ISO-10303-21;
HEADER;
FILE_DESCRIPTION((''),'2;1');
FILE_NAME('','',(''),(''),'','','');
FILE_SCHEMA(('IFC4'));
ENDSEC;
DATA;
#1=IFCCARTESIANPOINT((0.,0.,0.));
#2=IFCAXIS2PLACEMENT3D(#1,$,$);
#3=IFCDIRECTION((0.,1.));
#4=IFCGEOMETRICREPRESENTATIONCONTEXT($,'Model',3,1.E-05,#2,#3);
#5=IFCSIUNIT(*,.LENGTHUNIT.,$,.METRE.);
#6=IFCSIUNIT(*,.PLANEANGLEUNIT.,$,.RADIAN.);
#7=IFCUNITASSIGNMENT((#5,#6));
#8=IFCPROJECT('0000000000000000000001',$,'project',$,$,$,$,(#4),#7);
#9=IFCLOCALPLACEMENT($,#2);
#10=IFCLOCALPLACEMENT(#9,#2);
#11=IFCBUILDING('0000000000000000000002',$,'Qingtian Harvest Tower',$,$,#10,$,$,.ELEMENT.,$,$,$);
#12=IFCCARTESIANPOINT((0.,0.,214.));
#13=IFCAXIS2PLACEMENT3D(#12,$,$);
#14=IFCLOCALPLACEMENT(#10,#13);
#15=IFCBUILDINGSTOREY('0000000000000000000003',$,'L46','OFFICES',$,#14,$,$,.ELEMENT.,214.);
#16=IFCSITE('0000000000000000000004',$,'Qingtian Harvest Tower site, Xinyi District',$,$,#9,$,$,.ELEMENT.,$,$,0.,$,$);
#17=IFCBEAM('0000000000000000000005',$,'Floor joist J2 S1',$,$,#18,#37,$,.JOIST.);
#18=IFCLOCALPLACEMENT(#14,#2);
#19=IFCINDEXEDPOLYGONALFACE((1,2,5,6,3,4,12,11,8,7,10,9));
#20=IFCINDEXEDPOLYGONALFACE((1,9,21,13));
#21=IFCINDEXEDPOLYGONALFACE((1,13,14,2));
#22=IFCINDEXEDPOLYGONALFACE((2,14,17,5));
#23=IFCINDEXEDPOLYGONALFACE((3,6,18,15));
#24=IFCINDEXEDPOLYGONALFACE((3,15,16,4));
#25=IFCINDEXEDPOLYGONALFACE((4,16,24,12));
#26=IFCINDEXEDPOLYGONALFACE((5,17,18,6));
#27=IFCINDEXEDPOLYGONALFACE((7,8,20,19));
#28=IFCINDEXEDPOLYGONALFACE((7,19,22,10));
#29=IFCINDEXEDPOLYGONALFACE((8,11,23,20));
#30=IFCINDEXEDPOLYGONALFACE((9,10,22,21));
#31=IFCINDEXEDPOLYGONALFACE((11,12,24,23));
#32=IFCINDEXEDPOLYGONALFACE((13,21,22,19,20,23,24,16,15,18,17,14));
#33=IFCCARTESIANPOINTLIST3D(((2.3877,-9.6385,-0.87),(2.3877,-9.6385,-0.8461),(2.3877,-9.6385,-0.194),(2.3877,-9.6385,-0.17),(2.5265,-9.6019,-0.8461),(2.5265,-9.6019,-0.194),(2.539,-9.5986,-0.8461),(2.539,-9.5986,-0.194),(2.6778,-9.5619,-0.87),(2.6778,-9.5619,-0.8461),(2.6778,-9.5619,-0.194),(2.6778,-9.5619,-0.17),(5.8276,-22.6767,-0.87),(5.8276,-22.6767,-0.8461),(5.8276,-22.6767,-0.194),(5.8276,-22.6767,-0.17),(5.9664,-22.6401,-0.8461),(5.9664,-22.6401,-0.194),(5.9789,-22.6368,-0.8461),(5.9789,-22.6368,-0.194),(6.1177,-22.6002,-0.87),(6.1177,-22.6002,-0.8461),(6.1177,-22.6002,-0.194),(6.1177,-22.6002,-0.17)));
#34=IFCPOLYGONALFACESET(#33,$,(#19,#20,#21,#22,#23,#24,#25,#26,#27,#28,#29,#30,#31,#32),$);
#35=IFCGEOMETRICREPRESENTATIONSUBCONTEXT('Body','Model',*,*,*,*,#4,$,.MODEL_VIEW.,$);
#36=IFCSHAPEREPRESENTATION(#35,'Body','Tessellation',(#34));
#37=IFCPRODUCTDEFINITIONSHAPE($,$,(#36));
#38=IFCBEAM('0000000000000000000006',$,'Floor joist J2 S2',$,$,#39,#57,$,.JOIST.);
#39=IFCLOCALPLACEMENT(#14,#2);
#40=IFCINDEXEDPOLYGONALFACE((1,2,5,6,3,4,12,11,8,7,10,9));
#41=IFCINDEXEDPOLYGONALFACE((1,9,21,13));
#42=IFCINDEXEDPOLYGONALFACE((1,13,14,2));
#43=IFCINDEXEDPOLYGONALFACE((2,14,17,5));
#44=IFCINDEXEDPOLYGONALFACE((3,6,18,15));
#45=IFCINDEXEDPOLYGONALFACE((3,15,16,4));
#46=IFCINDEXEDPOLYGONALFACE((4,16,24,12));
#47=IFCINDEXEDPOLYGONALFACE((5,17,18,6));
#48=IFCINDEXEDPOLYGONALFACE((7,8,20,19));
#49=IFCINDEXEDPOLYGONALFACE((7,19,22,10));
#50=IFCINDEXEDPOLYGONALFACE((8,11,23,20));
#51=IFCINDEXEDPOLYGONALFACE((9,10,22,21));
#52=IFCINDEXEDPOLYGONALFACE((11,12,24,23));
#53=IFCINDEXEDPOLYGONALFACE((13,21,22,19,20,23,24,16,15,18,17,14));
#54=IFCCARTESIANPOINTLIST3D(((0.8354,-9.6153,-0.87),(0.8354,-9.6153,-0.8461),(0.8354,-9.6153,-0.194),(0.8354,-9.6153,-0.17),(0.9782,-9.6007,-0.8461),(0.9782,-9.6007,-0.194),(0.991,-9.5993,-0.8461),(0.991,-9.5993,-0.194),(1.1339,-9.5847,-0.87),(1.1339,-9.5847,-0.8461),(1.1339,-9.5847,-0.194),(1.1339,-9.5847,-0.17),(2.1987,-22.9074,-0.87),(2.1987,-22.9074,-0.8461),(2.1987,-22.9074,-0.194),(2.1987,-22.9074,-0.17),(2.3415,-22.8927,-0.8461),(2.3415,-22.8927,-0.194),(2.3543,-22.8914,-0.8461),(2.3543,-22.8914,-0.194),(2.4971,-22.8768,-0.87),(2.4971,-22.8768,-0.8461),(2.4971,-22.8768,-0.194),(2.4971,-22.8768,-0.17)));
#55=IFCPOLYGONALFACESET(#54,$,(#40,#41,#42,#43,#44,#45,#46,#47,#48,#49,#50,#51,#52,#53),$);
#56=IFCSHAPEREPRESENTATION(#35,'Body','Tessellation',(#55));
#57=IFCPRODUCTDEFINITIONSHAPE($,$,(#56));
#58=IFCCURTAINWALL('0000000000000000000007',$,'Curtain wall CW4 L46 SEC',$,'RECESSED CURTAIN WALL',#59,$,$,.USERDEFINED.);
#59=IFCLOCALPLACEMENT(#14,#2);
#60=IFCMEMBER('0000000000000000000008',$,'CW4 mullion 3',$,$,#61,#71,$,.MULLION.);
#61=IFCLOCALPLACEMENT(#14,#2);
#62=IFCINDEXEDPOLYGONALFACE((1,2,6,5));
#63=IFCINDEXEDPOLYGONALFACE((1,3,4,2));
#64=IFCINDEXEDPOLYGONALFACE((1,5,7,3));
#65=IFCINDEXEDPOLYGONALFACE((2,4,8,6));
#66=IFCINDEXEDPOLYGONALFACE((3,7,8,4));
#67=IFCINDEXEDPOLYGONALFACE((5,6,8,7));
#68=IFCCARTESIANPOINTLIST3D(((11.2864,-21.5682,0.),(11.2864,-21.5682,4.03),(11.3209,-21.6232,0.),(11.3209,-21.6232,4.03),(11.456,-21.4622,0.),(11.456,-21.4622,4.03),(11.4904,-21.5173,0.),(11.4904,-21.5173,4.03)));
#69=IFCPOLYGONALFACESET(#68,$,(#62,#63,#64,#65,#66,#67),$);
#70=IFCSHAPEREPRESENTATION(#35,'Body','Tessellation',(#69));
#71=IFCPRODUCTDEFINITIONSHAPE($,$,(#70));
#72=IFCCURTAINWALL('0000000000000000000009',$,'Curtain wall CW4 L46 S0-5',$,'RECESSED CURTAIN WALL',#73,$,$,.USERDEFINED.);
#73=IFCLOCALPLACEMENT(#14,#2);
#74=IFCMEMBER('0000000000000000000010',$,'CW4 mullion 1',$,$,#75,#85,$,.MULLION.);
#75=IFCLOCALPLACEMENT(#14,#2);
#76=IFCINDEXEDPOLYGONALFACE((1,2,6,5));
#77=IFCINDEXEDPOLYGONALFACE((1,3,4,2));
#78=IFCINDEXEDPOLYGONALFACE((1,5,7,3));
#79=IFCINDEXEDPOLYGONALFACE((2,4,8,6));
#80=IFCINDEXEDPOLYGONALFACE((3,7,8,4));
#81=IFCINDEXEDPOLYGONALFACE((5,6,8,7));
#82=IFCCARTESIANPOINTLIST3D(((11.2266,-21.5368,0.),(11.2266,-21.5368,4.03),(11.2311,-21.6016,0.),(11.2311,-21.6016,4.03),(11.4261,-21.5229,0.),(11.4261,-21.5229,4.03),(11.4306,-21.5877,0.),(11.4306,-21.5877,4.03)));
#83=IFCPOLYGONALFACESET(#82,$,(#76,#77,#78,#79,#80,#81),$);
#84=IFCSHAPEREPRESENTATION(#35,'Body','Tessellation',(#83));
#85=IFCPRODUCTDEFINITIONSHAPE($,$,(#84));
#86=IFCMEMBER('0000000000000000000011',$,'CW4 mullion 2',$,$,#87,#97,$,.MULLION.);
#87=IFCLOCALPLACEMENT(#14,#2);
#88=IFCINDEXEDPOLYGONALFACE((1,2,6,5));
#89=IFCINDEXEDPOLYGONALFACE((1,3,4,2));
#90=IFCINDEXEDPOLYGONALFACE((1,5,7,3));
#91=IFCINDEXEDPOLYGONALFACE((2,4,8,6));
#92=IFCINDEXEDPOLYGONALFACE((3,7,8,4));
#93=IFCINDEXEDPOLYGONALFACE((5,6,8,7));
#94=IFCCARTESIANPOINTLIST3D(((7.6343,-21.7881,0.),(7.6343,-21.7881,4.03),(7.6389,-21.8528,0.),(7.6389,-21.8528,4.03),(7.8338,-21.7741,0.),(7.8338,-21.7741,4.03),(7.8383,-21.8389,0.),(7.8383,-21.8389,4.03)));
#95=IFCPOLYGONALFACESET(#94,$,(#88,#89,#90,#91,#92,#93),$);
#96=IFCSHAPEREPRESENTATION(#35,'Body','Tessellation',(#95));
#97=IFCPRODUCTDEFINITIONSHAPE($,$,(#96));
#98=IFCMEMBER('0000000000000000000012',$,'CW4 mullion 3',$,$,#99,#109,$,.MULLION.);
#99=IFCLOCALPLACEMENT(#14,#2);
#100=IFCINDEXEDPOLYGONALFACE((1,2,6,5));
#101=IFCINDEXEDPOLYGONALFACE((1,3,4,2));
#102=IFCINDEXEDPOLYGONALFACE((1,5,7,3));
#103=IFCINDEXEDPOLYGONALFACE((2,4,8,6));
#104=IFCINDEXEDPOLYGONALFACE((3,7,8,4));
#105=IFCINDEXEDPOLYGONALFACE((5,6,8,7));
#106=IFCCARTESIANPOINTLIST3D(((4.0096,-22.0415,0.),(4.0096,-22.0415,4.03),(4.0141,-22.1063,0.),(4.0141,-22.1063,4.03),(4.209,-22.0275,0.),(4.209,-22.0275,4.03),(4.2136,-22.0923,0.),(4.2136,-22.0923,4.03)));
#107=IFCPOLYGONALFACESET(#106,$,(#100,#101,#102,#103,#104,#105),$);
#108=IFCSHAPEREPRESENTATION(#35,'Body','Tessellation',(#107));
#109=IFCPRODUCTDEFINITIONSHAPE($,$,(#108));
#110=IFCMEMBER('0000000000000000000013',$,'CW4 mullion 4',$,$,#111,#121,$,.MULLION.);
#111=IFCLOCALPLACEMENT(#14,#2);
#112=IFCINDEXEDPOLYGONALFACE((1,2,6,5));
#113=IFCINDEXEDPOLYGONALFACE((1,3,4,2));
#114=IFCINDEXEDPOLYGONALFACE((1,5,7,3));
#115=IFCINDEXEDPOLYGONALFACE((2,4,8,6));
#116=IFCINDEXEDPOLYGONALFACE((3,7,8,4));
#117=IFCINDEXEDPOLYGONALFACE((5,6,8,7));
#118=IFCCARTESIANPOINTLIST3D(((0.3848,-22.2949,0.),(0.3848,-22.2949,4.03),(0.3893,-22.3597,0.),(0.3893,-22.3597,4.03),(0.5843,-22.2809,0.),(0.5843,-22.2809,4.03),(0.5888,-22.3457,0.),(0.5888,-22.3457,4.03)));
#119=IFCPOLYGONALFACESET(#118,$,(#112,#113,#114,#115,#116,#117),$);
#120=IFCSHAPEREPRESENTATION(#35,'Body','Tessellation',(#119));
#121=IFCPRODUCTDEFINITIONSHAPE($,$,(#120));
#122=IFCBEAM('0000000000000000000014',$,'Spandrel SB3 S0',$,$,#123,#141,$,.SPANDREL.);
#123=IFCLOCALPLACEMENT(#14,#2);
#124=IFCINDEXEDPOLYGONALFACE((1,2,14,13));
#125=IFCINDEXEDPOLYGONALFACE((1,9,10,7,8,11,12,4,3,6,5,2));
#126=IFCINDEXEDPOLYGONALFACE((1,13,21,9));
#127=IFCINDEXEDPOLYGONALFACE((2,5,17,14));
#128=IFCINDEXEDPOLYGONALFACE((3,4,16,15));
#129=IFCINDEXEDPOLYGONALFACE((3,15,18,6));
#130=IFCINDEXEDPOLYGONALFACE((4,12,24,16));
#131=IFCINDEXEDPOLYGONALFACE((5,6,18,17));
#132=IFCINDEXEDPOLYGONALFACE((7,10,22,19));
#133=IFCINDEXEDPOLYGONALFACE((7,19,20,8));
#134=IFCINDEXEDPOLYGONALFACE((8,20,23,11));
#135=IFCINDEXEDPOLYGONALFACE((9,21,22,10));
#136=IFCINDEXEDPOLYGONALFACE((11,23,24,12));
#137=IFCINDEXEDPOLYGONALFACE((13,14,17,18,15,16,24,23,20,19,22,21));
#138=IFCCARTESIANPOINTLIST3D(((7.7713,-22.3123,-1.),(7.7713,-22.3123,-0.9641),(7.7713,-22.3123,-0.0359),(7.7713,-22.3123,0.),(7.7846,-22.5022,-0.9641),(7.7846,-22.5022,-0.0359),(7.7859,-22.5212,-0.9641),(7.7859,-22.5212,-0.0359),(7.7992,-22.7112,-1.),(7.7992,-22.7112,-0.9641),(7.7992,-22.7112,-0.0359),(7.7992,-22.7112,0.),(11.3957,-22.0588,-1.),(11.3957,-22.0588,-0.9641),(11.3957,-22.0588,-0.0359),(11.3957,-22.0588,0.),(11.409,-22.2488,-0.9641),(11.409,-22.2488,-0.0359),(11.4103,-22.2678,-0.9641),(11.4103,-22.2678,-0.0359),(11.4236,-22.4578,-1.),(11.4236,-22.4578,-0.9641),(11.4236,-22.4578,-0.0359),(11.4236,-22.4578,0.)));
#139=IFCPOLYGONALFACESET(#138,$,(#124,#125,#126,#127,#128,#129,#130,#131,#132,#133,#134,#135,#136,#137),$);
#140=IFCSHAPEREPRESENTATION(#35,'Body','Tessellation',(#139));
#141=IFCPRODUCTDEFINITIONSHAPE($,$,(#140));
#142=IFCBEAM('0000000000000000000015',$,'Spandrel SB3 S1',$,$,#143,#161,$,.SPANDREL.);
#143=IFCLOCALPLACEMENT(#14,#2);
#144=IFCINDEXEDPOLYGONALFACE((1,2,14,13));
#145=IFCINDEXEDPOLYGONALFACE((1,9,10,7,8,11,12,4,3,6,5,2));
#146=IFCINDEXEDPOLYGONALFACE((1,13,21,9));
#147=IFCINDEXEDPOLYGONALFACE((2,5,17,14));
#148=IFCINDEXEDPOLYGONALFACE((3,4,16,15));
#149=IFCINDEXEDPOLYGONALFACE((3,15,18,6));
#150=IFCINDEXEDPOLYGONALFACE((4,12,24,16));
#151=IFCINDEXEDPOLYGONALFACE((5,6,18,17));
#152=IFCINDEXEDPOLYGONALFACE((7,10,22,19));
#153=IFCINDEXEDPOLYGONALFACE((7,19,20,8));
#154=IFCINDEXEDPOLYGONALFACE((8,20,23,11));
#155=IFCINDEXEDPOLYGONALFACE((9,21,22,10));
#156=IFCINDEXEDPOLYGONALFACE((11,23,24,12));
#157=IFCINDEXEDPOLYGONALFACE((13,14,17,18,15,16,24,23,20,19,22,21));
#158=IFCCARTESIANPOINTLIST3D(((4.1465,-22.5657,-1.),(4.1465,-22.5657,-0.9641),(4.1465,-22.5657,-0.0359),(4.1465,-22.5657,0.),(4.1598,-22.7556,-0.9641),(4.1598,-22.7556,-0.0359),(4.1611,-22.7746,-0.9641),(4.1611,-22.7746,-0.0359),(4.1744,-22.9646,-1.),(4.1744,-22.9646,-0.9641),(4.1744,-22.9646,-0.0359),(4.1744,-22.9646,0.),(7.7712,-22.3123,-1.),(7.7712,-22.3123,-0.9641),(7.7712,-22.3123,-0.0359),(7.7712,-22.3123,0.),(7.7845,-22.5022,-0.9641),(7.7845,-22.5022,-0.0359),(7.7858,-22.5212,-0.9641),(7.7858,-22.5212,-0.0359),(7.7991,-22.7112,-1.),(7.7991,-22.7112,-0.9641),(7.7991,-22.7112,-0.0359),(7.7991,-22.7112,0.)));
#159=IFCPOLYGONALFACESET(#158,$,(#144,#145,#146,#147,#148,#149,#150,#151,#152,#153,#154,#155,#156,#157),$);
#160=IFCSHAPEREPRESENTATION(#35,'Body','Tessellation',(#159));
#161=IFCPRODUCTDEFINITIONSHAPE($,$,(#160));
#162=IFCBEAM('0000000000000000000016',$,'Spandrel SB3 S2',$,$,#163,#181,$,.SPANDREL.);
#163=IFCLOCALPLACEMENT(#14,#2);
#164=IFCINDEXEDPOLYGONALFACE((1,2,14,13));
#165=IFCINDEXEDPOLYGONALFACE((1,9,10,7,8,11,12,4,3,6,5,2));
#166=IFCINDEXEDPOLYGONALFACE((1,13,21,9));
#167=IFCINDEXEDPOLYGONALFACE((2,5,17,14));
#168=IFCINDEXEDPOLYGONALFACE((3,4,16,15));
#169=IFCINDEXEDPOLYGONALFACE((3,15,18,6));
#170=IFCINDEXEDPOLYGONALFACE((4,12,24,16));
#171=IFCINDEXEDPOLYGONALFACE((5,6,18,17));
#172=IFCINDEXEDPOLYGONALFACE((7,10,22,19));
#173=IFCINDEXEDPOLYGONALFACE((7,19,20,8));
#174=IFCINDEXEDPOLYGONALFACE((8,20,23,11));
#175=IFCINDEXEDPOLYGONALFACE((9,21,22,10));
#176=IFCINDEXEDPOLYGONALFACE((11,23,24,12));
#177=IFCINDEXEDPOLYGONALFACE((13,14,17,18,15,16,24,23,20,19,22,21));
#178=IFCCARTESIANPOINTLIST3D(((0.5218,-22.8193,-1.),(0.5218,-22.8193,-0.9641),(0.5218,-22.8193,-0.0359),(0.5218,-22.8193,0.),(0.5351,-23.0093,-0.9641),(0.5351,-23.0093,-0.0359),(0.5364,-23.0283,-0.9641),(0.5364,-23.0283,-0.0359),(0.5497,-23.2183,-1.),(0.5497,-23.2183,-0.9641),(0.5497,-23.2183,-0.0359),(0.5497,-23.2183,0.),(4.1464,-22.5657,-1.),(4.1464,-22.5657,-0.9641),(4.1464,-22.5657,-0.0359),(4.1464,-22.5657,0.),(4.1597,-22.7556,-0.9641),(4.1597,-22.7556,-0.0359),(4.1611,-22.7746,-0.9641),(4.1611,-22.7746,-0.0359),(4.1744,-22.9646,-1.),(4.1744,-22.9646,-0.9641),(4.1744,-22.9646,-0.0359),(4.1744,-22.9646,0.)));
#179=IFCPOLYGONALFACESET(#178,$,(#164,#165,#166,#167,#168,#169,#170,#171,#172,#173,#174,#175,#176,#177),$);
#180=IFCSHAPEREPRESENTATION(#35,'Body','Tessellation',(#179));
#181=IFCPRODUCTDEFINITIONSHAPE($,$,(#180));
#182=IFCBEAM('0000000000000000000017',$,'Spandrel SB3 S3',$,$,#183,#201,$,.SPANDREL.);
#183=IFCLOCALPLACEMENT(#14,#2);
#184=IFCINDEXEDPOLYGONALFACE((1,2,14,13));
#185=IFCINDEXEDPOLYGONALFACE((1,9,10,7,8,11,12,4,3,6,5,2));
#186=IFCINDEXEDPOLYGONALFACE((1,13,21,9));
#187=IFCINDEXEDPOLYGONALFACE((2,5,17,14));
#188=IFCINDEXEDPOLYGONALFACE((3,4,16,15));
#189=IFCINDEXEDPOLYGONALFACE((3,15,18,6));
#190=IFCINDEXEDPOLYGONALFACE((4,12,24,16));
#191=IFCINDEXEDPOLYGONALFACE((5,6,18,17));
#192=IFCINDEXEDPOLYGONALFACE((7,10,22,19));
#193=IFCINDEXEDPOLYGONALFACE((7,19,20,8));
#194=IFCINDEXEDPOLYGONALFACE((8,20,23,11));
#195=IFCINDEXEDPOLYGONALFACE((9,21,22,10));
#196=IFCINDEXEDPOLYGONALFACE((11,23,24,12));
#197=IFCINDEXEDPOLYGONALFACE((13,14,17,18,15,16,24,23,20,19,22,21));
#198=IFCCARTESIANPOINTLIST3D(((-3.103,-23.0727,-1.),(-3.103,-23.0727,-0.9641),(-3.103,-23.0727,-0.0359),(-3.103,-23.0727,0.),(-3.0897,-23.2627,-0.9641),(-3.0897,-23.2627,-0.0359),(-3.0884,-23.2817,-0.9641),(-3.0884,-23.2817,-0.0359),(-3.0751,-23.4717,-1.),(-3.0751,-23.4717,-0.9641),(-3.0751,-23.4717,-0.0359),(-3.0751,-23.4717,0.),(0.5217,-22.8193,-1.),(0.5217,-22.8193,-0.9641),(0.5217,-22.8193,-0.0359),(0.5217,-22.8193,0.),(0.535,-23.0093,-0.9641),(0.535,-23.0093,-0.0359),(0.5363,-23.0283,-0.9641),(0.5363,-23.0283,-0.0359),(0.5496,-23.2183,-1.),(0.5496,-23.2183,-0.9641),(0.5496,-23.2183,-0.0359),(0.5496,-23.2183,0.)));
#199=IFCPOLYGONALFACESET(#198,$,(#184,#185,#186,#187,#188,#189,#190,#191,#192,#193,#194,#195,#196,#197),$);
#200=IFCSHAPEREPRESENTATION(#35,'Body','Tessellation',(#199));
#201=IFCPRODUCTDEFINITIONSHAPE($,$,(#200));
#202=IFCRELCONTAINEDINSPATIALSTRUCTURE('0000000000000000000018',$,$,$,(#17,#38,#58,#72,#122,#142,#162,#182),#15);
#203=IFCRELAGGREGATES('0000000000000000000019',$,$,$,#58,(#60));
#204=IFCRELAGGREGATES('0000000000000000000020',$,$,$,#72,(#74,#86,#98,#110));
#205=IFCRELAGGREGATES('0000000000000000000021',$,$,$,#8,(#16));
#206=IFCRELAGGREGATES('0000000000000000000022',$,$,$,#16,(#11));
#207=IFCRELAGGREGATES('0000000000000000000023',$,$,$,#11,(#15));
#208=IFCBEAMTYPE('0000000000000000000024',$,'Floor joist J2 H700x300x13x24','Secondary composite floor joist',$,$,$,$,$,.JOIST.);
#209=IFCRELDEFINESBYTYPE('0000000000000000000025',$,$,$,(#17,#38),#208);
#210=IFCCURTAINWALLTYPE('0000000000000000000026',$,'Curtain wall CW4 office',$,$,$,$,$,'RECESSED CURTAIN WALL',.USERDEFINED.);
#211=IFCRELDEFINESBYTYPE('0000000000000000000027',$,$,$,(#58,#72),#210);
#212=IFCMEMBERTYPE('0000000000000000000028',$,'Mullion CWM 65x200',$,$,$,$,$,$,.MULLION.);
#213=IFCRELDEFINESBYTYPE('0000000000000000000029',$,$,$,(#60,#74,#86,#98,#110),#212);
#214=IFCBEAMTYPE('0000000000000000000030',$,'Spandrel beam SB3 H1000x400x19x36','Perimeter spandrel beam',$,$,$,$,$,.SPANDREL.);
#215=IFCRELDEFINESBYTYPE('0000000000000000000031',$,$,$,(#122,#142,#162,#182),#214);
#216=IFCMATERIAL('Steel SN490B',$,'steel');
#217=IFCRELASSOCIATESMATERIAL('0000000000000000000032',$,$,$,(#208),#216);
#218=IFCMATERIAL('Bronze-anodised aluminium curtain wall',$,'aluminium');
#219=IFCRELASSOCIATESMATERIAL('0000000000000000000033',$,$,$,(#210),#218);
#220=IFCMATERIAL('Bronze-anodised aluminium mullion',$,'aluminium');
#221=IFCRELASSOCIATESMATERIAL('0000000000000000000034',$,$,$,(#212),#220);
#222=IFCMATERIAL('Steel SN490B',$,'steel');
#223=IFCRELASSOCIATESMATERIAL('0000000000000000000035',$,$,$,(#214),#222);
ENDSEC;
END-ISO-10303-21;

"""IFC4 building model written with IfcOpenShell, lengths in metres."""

from ifc_helpers import new_model, si_unit, direction, frame, origin, origin_2d, place, context, subcontext, project, spatial, rectangle, i_section, extrude, material, material_profile, profile_set, type_object, element, aggregate, save


model = new_model("IFC4")

# Units and contexts
model_context = context("Model", 3, precision=1e-05, world=origin(), true_north=direction((0.0, 1.0)))
body_context = subcontext(model_context, "Body", "Model", "MODEL_VIEW")
ifc_project = project(units=[si_unit("LENGTHUNIT", "METRE"), si_unit("PLANEANGLEUNIT", "RADIAN")], contexts=[model_context])

# Site, building, storey
site_placement = place(None, origin())
site = spatial("IfcSite", under=ifc_project, at=site_placement, Name="Qingtian Harvest Tower site, Xinyi District", CompositionType="ELEMENT", RefElevation=0.0)
building_placement = place(site_placement, origin())
building = spatial("IfcBuilding", under=site, at=building_placement, Name="Qingtian Harvest Tower", CompositionType="ELEMENT")
storey_placement = place(building_placement, frame((0.0, 0.0, 214.0)))
storey = spatial("IfcBuildingStorey", under=building, at=storey_placement, Name="L46", Description="OFFICES", CompositionType="ELEMENT", Elevation=214.0)

# Beams
ifc_material_1 = material(Name="Steel SN490B", Category="steel")
ifc_material_profile_1 = material_profile(ifc_material_1, i_section(OverallWidth=0.3, OverallDepth=0.7, WebThickness=0.0129, FlangeThickness=0.0239, at=origin_2d()), Name="H700x300x13x24")
ifc_profile_set_1 = profile_set([ifc_material_profile_1], Name="Steel SN490B")
beam_type_1 = type_object("IfcBeamType", Name="Floor joist J2 H700x300x13x24", Description="Secondary composite floor joist", PredefinedType="JOIST", material=ifc_profile_set_1)
beam_1_placement = place(storey_placement, frame((5.9727, -22.6384, -0.52), z_axis=(-0.255104, 0.966914, 0.0), x_axis=(-0.966914, -0.255104, 0.0)))
element("IfcBeam", 1, at=beam_1_placement, inside=storey, type_object=beam_type_1, Name="Floor joist J2 S1", PredefinedType="JOIST", context=body_context, shape_type="SweptSolid", body=[
    extrude(i_section(OverallWidth=0.3, OverallDepth=0.7, WebThickness=0.0129, FlangeThickness=0.0239, at=origin_2d()), origin(), (0.0, 0.0, 1.0), 13.4844),
])
beam_2_placement = place(storey_placement, frame((2.3479, -22.8921, -0.52), z_axis=(-0.102029, 0.994781, 0.0), x_axis=(-0.994781, -0.102029, 0.0)))
element("IfcBeam", 2, at=beam_2_placement, inside=storey, type_object=beam_type_1, Name="Floor joist J2 S2", PredefinedType="JOIST", context=body_context, shape_type="SweptSolid", body=[
    extrude(i_section(OverallWidth=0.3, OverallDepth=0.7, WebThickness=0.0129, FlangeThickness=0.0239, at=origin_2d()), origin(), (0.0, 0.0, 1.0), 13.3618),
])

# Curtain wall, member
ifc_material_2 = material(Name="Bronze-anodised aluminium curtain wall", Category="aluminium")
curtain_wall_type = type_object("IfcCurtainWallType", Name="Curtain wall CW4 office", ElementType="RECESSED CURTAIN WALL", PredefinedType="USERDEFINED", material=ifc_material_2)
curtain_wall_1_placement = place(storey_placement, origin())
curtain_wall_1 = element("IfcCurtainWall", 3, at=curtain_wall_1_placement, inside=storey, type_object=curtain_wall_type, Name="Curtain wall CW4 L46 SEC", ObjectType="RECESSED CURTAIN WALL", PredefinedType="USERDEFINED")
ifc_material_3 = material(Name="Bronze-anodised aluminium mullion", Category="aluminium")
ifc_material_profile_2 = material_profile(ifc_material_3, rectangle(XDim=0.0649, YDim=0.2, at=origin_2d()), Name="AL 65x200")
ifc_profile_set_2 = profile_set([ifc_material_profile_2], Name="Bronze-anodised aluminium mullion")
member_type_1 = type_object("IfcMemberType", Name="Mullion CWM 65x200", PredefinedType="MULLION", material=ifc_profile_set_2)
member_1_placement = place(storey_placement, frame((11.3884, -21.5427, 0.0), z_axis=(0.0, 0.0, 1.0), x_axis=(0.529919, -0.848048, 0.0)))
member_1 = element("IfcMember", 4, at=member_1_placement, type_object=member_type_1, Name="CW4 mullion 3", PredefinedType="MULLION", context=body_context, shape_type="SweptSolid", body=[
    extrude(rectangle(XDim=0.0649, YDim=0.2, at=origin_2d()), origin(), (0.0, 0.0, 1.0), 4.03),
])
aggregate(curtain_wall_1, [member_1])

# Curtain wall, members
curtain_wall_2_placement = place(storey_placement, origin())
curtain_wall_2 = element("IfcCurtainWall", 5, at=curtain_wall_2_placement, inside=storey, type_object=curtain_wall_type, Name="Curtain wall CW4 L46 S0-5", ObjectType="RECESSED CURTAIN WALL", PredefinedType="USERDEFINED")
member_2_placement = place(storey_placement, frame((11.3286, -21.5623, 0.0), z_axis=(0.0, 0.0, 1.0), x_axis=(0.069756, -0.997564, 0.0)))
member_2 = element("IfcMember", 6, at=member_2_placement, type_object=member_type_1, Name="CW4 mullion 1", PredefinedType="MULLION", context=body_context, shape_type="SweptSolid", body=[
    extrude(rectangle(XDim=0.0649, YDim=0.2, at=origin_2d()), origin(), (0.0, 0.0, 1.0), 4.03),
])
member_3_placement = place(storey_placement, frame((7.7363, -21.8135, 0.0), z_axis=(0.0, 0.0, 1.0), x_axis=(0.069756, -0.997564, 0.0)))
member_3 = element("IfcMember", 7, at=member_3_placement, type_object=member_type_1, Name="CW4 mullion 2", PredefinedType="MULLION", context=body_context, shape_type="SweptSolid", body=[
    extrude(rectangle(XDim=0.0649, YDim=0.2, at=origin_2d()), origin(), (0.0, 0.0, 1.0), 4.03),
])
member_4_placement = place(storey_placement, frame((4.1116, -22.0669, 0.0), z_axis=(0.0, 0.0, 1.0), x_axis=(0.069756, -0.997564, 0.0)))
member_4 = element("IfcMember", 8, at=member_4_placement, type_object=member_type_1, Name="CW4 mullion 3", PredefinedType="MULLION", context=body_context, shape_type="SweptSolid", body=[
    extrude(rectangle(XDim=0.0649, YDim=0.2, at=origin_2d()), origin(), (0.0, 0.0, 1.0), 4.03),
])
member_5_placement = place(storey_placement, frame((0.4868, -22.3203, 0.0), z_axis=(0.0, 0.0, 1.0), x_axis=(0.069756, -0.997564, 0.0)))
member_5 = element("IfcMember", 9, at=member_5_placement, type_object=member_type_1, Name="CW4 mullion 4", PredefinedType="MULLION", context=body_context, shape_type="SweptSolid", body=[
    extrude(rectangle(XDim=0.0649, YDim=0.2, at=origin_2d()), origin(), (0.0, 0.0, 1.0), 4.03),
])

# Beams
ifc_material_4 = material(Name="Steel SN490B", Category="steel")
ifc_material_profile_3 = material_profile(ifc_material_4, i_section(OverallWidth=0.3999, OverallDepth=1.0, WebThickness=0.019, FlangeThickness=0.0359, at=origin_2d()), Name="H1000x400x19x36")
ifc_profile_set_3 = profile_set([ifc_material_profile_3], Name="Steel SN490B")
beam_type_2 = type_object("IfcBeamType", Name="Spandrel beam SB3 H1000x400x19x36", Description="Perimeter spandrel beam", PredefinedType="SPANDREL", material=ifc_profile_set_3)
beam_3_placement = place(storey_placement, frame((11.4097, -22.2583, -0.5), z_axis=(-0.997565, -0.069748, 0.0), x_axis=(0.069748, -0.997565, 0.0)))
element("IfcBeam", 10, at=beam_3_placement, inside=storey, type_object=beam_type_2, Name="Spandrel SB3 S0", PredefinedType="SPANDREL", context=body_context, shape_type="SweptSolid", body=[
    extrude(i_section(OverallWidth=0.3999, OverallDepth=1.0, WebThickness=0.019, FlangeThickness=0.0359, at=origin_2d()), origin(), (0.0, 0.0, 1.0), 3.6333),
])
for number, where, z_axis, x_axis, name in (
    (11, (7.7852, -22.5117, -0.5), (-0.997565, -0.069743, 0.0), (0.069743, -0.997565, 0.0), "Spandrel SB3 S1"),
    (12, (4.1604, -22.7651, -0.5), (-0.99756, -0.06981, 0.0), (0.06981, -0.99756, 0.0), "Spandrel SB3 S2"),
    (13, (0.5356, -23.0188, -0.5), (-0.997565, -0.069743, 0.0), (0.069743, -0.997565, 0.0), "Spandrel SB3 S3"),
):
    element("IfcBeam", number, at=place(storey_placement, frame(where, z_axis=z_axis, x_axis=x_axis)), inside=storey, type_object=beam_type_2, Name=name, PredefinedType="SPANDREL", context=body_context, shape_type="SweptSolid", body=[
        extrude(i_section(OverallWidth=0.3999, OverallDepth=1.0, WebThickness=0.019, FlangeThickness=0.0359, at=origin_2d()), origin(), (0.0, 0.0, 1.0), 3.6335),
    ])

aggregate(curtain_wall_2, [member_2, member_3, member_4, member_5])

save(model, "model.ifc")
